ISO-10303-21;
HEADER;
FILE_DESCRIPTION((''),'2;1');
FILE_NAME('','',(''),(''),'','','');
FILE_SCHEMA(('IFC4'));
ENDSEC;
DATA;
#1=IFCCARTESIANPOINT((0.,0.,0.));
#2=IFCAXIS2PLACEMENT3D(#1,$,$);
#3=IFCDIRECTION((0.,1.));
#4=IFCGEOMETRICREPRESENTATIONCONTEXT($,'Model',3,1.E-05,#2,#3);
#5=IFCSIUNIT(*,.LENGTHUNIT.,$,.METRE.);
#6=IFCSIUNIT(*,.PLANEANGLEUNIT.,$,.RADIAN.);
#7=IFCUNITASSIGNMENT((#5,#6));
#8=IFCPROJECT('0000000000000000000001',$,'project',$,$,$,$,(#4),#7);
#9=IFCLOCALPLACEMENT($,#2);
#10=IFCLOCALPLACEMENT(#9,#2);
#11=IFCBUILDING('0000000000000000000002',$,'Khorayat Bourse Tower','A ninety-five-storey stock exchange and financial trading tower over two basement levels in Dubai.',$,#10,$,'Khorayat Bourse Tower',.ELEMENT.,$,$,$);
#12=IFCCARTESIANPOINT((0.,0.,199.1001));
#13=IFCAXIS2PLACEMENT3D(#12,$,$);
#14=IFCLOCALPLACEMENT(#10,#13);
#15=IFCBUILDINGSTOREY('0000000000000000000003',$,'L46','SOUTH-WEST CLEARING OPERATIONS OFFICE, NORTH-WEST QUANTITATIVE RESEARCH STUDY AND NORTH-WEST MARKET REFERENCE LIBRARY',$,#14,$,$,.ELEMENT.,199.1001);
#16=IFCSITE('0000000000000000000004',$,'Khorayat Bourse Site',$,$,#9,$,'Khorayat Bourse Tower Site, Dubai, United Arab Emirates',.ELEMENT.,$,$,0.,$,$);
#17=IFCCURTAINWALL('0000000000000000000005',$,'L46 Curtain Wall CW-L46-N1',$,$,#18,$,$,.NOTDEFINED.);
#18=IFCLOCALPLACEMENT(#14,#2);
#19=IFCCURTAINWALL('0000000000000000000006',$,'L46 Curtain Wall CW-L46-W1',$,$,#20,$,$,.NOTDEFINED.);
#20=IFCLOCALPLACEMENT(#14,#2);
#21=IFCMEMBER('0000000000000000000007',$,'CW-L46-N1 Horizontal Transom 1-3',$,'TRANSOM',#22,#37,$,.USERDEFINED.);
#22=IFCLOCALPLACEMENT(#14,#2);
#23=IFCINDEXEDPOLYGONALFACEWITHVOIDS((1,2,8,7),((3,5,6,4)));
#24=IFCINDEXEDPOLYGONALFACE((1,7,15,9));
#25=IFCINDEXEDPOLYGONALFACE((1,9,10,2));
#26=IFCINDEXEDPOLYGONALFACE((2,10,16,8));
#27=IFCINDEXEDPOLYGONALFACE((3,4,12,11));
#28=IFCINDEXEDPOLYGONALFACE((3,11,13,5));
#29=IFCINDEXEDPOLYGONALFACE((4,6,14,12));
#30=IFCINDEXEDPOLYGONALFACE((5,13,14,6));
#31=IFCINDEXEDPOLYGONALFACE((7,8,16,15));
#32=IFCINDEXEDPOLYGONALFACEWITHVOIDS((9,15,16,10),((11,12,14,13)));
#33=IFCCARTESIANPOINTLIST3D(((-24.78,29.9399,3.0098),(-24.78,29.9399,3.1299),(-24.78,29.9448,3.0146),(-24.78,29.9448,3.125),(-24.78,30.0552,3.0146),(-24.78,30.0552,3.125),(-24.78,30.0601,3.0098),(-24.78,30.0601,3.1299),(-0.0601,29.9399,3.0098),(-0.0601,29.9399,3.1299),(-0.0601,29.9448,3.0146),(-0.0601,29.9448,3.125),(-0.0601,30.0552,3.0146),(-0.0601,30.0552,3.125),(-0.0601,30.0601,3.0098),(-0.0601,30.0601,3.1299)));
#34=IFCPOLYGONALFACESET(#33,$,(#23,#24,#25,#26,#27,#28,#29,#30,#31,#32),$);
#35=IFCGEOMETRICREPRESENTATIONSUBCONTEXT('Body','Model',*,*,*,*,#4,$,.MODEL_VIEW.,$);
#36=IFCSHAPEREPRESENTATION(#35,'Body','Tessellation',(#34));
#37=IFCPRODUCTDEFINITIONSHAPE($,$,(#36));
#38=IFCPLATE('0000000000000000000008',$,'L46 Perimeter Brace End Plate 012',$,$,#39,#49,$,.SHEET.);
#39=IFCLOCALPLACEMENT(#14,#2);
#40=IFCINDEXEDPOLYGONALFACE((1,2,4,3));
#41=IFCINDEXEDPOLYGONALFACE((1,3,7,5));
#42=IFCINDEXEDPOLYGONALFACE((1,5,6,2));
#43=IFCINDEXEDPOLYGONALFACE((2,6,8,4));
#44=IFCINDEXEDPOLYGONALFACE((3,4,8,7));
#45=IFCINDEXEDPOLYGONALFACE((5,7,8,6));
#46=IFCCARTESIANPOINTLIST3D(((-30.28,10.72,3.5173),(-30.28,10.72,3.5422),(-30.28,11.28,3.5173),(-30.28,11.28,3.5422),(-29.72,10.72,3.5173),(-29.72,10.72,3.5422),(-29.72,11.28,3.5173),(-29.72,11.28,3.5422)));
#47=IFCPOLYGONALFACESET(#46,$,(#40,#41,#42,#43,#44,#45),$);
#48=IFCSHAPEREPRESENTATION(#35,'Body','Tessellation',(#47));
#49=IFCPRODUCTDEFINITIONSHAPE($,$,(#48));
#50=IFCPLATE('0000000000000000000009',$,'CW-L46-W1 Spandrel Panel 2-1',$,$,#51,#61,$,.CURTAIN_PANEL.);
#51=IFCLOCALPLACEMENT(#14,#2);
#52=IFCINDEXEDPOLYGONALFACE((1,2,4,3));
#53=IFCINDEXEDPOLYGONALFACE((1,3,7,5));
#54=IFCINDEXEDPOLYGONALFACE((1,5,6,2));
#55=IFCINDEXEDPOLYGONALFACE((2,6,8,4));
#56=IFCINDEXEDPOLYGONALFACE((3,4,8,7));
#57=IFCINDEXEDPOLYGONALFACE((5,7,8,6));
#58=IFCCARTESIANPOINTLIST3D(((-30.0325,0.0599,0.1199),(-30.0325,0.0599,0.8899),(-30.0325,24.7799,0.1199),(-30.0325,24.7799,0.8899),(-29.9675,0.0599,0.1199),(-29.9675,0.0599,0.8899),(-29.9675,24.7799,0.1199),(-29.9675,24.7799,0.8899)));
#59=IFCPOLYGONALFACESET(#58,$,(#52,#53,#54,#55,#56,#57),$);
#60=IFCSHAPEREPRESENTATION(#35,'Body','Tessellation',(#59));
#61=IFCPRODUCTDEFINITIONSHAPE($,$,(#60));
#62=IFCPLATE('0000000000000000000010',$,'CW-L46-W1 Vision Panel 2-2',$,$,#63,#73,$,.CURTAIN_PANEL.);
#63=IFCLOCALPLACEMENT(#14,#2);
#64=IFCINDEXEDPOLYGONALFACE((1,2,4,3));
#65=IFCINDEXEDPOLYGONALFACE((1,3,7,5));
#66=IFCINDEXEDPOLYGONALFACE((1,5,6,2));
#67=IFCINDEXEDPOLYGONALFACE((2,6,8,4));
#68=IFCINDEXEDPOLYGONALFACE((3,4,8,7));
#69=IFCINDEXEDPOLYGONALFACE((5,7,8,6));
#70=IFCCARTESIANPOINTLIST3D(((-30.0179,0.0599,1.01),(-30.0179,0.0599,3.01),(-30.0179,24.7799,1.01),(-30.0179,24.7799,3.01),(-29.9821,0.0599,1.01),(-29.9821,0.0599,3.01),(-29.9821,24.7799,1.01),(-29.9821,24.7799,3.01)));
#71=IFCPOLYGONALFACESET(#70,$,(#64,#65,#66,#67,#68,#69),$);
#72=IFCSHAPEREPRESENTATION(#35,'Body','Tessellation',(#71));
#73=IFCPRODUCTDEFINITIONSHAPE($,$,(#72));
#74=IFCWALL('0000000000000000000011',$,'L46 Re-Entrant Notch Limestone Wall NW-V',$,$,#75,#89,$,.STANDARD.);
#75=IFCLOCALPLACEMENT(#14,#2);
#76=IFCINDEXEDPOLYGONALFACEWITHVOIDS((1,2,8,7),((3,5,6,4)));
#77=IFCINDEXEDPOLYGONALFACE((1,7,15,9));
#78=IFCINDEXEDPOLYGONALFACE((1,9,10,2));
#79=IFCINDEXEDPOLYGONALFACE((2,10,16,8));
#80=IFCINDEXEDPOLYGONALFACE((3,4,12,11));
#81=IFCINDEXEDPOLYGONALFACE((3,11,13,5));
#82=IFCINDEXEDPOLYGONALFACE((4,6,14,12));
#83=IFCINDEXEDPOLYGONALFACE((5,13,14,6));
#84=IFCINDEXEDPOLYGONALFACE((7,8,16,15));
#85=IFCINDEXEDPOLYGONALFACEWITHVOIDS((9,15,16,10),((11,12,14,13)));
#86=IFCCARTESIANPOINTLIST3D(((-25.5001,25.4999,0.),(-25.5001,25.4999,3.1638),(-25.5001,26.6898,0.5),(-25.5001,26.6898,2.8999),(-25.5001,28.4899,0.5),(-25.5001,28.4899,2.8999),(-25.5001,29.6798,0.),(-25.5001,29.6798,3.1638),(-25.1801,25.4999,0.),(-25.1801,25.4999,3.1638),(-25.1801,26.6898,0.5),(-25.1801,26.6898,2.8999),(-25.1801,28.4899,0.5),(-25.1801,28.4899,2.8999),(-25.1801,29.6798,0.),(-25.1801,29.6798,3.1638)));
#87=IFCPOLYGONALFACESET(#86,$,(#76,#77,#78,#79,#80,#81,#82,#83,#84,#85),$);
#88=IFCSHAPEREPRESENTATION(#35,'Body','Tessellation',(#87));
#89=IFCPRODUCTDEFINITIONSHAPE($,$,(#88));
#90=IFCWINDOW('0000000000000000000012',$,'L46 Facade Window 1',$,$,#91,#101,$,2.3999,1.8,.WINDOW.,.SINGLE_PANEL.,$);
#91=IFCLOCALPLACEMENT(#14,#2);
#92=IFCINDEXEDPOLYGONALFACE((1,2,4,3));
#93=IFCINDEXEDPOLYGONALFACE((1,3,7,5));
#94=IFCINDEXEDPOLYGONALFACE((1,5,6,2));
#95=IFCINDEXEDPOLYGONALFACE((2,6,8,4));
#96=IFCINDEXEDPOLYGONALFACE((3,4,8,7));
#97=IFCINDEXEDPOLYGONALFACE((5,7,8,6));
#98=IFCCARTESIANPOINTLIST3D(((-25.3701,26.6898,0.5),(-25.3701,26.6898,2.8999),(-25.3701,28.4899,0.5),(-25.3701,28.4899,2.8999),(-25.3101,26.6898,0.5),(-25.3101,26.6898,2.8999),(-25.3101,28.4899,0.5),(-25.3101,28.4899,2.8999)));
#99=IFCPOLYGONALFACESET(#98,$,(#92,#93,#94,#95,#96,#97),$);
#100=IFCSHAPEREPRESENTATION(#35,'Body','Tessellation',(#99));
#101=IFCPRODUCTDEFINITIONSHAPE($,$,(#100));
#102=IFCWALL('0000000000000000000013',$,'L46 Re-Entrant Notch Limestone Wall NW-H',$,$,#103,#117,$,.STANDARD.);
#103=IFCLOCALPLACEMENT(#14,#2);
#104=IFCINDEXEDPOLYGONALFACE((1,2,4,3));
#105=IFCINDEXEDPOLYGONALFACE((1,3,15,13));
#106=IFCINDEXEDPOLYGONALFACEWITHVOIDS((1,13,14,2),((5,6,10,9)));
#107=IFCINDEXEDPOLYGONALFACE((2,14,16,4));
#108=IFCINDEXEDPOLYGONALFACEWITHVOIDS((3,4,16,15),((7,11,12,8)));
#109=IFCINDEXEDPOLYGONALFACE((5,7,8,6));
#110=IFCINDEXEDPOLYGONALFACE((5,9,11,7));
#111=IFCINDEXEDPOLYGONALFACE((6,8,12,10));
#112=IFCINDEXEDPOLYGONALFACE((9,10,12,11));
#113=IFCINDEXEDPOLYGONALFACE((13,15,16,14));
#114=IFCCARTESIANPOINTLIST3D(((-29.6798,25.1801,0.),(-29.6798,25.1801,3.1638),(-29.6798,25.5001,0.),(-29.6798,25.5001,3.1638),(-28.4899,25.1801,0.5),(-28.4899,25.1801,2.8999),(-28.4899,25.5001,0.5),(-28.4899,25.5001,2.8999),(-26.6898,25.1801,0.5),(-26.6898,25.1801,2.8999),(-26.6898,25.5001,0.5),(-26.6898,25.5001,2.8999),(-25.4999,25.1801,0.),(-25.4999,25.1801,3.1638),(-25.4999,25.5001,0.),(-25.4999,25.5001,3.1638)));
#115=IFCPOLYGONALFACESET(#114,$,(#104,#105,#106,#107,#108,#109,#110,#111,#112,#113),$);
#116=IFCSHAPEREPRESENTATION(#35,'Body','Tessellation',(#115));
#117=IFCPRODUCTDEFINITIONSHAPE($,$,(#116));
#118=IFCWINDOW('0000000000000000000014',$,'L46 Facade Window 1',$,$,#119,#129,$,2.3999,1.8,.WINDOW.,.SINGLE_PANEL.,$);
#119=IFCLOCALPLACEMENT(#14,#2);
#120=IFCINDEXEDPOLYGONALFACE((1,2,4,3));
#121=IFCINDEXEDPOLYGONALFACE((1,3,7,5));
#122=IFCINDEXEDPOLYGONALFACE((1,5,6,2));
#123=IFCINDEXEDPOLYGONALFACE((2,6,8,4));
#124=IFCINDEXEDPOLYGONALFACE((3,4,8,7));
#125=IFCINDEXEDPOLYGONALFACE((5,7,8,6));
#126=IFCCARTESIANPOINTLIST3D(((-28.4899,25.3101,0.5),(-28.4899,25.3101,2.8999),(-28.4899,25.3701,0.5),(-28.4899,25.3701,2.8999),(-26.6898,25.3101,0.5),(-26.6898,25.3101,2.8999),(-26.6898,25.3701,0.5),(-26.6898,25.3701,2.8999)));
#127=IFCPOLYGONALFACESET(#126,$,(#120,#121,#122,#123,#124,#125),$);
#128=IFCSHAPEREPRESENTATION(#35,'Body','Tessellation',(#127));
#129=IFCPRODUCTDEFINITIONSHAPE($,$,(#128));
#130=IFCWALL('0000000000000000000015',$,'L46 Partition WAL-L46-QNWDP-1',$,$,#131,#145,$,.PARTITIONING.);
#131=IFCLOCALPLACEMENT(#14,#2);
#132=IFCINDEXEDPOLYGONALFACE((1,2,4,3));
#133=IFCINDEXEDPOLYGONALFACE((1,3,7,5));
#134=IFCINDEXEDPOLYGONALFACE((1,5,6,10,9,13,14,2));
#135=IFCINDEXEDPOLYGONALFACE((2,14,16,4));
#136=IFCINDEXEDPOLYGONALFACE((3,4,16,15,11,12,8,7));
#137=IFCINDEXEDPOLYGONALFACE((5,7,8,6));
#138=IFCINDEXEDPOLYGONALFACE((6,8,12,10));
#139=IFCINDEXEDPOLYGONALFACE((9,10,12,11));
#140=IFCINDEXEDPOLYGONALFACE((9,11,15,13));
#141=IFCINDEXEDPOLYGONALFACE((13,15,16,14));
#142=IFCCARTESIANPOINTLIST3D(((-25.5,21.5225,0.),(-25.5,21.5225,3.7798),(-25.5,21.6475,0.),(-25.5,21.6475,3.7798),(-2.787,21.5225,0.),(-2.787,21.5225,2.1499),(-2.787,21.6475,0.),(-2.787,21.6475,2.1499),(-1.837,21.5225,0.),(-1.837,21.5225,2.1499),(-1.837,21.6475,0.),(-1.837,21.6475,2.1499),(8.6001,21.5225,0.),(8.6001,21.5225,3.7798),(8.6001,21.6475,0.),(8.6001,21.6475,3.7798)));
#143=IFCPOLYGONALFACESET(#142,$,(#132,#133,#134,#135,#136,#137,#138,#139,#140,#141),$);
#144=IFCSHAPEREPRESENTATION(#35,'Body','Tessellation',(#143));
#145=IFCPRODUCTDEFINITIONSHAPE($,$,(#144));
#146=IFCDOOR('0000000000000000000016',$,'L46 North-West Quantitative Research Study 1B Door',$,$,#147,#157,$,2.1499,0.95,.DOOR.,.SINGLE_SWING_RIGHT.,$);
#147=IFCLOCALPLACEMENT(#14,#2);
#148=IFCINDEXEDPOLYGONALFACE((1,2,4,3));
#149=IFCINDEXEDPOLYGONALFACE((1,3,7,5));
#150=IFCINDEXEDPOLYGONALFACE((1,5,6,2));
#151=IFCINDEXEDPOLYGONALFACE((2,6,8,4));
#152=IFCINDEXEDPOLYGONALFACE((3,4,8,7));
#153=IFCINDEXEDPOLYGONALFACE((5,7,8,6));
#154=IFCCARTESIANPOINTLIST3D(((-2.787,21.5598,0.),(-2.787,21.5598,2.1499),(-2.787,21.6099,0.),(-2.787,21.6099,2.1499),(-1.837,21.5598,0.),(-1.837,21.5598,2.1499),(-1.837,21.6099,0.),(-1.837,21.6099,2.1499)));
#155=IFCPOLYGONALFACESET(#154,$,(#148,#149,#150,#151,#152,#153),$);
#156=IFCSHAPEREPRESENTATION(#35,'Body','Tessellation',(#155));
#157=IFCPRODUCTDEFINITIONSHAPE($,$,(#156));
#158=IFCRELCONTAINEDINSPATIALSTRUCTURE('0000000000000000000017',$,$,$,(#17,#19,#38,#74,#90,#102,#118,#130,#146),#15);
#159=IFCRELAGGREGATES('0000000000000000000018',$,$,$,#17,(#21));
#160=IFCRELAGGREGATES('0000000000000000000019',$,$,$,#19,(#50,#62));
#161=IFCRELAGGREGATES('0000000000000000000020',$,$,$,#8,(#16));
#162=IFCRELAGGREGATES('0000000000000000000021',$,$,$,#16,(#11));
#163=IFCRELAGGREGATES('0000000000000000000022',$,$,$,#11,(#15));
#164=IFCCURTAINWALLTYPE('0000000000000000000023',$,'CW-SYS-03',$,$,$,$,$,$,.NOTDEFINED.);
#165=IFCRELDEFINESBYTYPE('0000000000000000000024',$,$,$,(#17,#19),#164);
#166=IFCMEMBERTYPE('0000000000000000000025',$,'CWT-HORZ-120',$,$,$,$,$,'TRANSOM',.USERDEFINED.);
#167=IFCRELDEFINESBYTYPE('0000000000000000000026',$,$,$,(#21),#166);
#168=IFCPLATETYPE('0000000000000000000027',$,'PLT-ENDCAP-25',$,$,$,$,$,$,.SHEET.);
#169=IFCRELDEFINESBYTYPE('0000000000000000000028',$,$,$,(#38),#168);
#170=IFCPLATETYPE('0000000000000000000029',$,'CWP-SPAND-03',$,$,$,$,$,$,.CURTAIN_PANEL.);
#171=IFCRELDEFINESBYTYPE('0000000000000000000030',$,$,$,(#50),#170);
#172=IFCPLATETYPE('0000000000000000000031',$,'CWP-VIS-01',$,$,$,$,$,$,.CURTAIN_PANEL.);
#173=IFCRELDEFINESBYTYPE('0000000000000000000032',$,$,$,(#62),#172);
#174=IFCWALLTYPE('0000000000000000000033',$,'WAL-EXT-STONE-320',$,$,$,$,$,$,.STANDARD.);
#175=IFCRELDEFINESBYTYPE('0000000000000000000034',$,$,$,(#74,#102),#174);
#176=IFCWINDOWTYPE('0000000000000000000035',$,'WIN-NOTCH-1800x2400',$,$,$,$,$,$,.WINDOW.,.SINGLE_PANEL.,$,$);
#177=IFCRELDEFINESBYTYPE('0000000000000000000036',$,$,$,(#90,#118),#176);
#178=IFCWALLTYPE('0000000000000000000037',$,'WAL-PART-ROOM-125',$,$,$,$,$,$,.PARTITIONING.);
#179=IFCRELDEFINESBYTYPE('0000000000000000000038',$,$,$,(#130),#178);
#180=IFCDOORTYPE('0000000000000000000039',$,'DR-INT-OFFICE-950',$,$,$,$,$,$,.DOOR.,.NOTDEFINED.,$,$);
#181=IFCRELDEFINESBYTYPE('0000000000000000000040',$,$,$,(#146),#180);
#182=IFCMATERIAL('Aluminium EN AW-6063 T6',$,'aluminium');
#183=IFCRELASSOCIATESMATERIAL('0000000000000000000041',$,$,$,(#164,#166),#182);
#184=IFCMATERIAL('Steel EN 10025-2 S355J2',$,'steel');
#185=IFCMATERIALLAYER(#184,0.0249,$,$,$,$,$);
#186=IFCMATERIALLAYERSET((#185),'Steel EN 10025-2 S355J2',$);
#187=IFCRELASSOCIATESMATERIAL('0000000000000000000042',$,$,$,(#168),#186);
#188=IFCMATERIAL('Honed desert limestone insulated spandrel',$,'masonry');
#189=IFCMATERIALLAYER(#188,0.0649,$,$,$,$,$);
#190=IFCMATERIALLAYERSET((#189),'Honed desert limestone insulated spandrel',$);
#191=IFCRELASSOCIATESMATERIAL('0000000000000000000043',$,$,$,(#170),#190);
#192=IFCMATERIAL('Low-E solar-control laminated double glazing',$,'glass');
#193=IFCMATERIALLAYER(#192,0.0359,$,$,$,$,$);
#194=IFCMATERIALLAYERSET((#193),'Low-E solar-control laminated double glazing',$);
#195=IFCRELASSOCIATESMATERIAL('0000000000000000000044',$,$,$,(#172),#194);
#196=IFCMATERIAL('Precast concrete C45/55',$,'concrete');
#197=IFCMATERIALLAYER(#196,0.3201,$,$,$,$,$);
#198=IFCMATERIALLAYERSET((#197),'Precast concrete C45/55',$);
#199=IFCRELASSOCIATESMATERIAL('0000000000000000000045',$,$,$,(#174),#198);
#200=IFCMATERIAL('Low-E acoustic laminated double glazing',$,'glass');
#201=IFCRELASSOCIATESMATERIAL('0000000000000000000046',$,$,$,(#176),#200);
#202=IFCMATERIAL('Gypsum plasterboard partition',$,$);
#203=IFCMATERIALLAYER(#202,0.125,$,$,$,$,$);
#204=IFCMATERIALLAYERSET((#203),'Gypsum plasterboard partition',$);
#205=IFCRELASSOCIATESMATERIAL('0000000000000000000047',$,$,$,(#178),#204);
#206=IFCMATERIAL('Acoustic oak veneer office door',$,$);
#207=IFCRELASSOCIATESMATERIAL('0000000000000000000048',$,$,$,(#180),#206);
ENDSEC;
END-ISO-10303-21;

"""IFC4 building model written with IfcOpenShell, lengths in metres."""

from ifc_helpers import new_model, si_unit, direction, frame, frame_2d, origin, origin_2d, place, context, subcontext, project, spatial, rectangle, hollow_rectangle, extrude, source, transform, mapped, material, layer, layer_set, material_profile, profile_set, type_object, element, fill, aggregate, save


model = new_model("IFC4")

# Units and contexts
model_context = context("Model", 3, precision=1e-05, world=origin(), true_north=direction((0.0, 1.0)))
body_context = subcontext(model_context, "Body", "Model", "MODEL_VIEW")
ifc_project = project(units=[si_unit("LENGTHUNIT", "METRE"), si_unit("PLANEANGLEUNIT", "RADIAN")], contexts=[model_context])

# Site, building, storey
site_placement = place(None, origin())
site = spatial("IfcSite", under=ifc_project, at=site_placement, Name="Khorayat Bourse Site", LongName="Khorayat Bourse Tower Site, Dubai, United Arab Emirates", CompositionType="ELEMENT", RefElevation=0.0)
building_placement = place(site_placement, origin())
building = spatial("IfcBuilding", under=site, at=building_placement, Name="Khorayat Bourse Tower", Description="A ninety-five-storey stock exchange and financial trading tower over two basement levels in Dubai.", LongName="Khorayat Bourse Tower", CompositionType="ELEMENT")
storey_placement = place(building_placement, frame((0.0, 0.0, 199.1001)))
storey = spatial("IfcBuildingStorey", under=building, at=storey_placement, Name="L46", Description="SOUTH-WEST CLEARING OPERATIONS OFFICE, NORTH-WEST QUANTITATIVE RESEARCH STUDY AND NORTH-WEST MARKET REFERENCE LIBRARY", CompositionType="ELEMENT", Elevation=199.1001)

# Curtain wall
ifc_material_1 = material(Name="Aluminium EN AW-6063 T6", Category="aluminium")
curtain_wall_type = type_object("IfcCurtainWallType", Name="CW-SYS-03", PredefinedType="NOTDEFINED", material=ifc_material_1)
curtain_wall_1_placement = place(storey_placement, origin())
curtain_wall_1 = element("IfcCurtainWall", 1, at=curtain_wall_1_placement, inside=storey, type_object=curtain_wall_type, Name="L46 Curtain Wall CW-L46-N1", PredefinedType="NOTDEFINED")

# Curtain wall
curtain_wall_2_placement = place(storey_placement, origin())
curtain_wall_2 = element("IfcCurtainWall", 2, at=curtain_wall_2_placement, inside=storey, type_object=curtain_wall_type, Name="L46 Curtain Wall CW-L46-W1", PredefinedType="NOTDEFINED")

# Member
ifc_material_profile_1 = material_profile(ifc_material_1, hollow_rectangle(XDim=0.1201, YDim=0.1201, WallThickness=0.0049, at=origin_2d()), Name="ALU 120x120x5")
ifc_profile_set_1 = profile_set([ifc_material_profile_1], Name="Aluminium EN AW-6063 T6")
member_type_1 = type_object("IfcMemberType", Name="CWT-HORZ-120", ElementType="TRANSOM", PredefinedType="USERDEFINED", material=ifc_profile_set_1)
shared_shape_1 = source(origin(), body_context, "Body", "SweptSolid", [
    extrude(hollow_rectangle(XDim=0.1201, YDim=0.1201, WallThickness=0.0049, at=origin_2d()), origin(), (0.0, 0.0, 1.0), 24.72),
])
member_1_placement = place(storey_placement, frame((-24.78, 30.0, 3.0698), z_axis=(1.0, 0.0, 0.0), x_axis=(0.0, 1.0, 0.0)))
member_1 = element("IfcMember", 3, at=member_1_placement, type_object=member_type_1, Name="CW-L46-N1 Horizontal Transom 1-3", ObjectType="TRANSOM", PredefinedType="USERDEFINED", context=body_context, shape_type="MappedRepresentation", body=[
    mapped(shared_shape_1, transform((0.0, 0.0, 0.0), scale=1.0)),
])
aggregate(curtain_wall_1, [member_1])

# Plates
ifc_material_2 = material(Name="Steel EN 10025-2 S355J2", Category="steel")
ifc_layer_1 = layer(ifc_material_2, 0.0249)
ifc_layer_set_1 = layer_set([ifc_layer_1], Name="Steel EN 10025-2 S355J2")
plate_type_1 = type_object("IfcPlateType", Name="PLT-ENDCAP-25", PredefinedType="SHEET", material=ifc_layer_set_1)
shared_shape_2 = source(origin(), body_context, "Body", "SweptSolid", [
    extrude(rectangle(XDim=0.5601, YDim=0.5601, at=origin_2d()), origin(), (0.0, 0.0, 1.0), 0.0249),
])
plate_1_placement = place(storey_placement, frame((-30.0, 11.0, 3.5173), z_axis=(0.0, 0.0, 1.0), x_axis=(1.0, 0.0, 0.0)))
element("IfcPlate", 4, at=plate_1_placement, inside=storey, type_object=plate_type_1, Name="L46 Perimeter Brace End Plate 012", PredefinedType="SHEET", context=body_context, shape_type="MappedRepresentation", body=[
    mapped(shared_shape_2, transform((0.0, 0.0, 0.0), scale=1.0)),
])
ifc_material_3 = material(Name="Honed desert limestone insulated spandrel", Category="masonry")
ifc_layer_2 = layer(ifc_material_3, 0.0649)
ifc_layer_set_2 = layer_set([ifc_layer_2], Name="Honed desert limestone insulated spandrel")
plate_type_2 = type_object("IfcPlateType", Name="CWP-SPAND-03", PredefinedType="CURTAIN_PANEL", material=ifc_layer_set_2)
shared_shape_3 = source(origin(), body_context, "Body", "SweptSolid", [
    extrude(rectangle(XDim=24.72, YDim=0.0649, at=origin_2d()), origin(), (0.0, 0.0, 1.0), 0.77),
])
plate_2_placement = place(storey_placement, frame((-30.0, 12.4199, 0.1199), z_axis=(0.0, 0.0, 1.0), x_axis=(0.0, 1.0, 0.0)))
plate_2 = element("IfcPlate", 5, at=plate_2_placement, type_object=plate_type_2, Name="CW-L46-W1 Spandrel Panel 2-1", PredefinedType="CURTAIN_PANEL", context=body_context, shape_type="MappedRepresentation", body=[
    mapped(shared_shape_3, transform((0.0, 0.0, 0.0), scale=1.0)),
])
ifc_material_4 = material(Name="Low-E solar-control laminated double glazing", Category="glass")
ifc_layer_3 = layer(ifc_material_4, 0.0359)
ifc_layer_set_3 = layer_set([ifc_layer_3], Name="Low-E solar-control laminated double glazing")
plate_type_3 = type_object("IfcPlateType", Name="CWP-VIS-01", PredefinedType="CURTAIN_PANEL", material=ifc_layer_set_3)
shared_shape_4 = source(origin(), body_context, "Body", "SweptSolid", [
    extrude(rectangle(XDim=24.72, YDim=0.0359, at=origin_2d()), origin(), (0.0, 0.0, 1.0), 2.0),
])
plate_3_placement = place(storey_placement, frame((-30.0, 12.4199, 1.01), z_axis=(0.0, 0.0, 1.0), x_axis=(0.0, 1.0, 0.0)))
plate_3 = element("IfcPlate", 6, at=plate_3_placement, type_object=plate_type_3, Name="CW-L46-W1 Vision Panel 2-2", PredefinedType="CURTAIN_PANEL", context=body_context, shape_type="MappedRepresentation", body=[
    mapped(shared_shape_4, transform((0.0, 0.0, 0.0), scale=1.0)),
])
aggregate(curtain_wall_2, [plate_2, plate_3])

# Walls, openings, windows
ifc_material_5 = material(Name="Precast concrete C45/55", Category="concrete")
ifc_layer_4 = layer(ifc_material_5, 0.3201)
ifc_layer_set_4 = layer_set([ifc_layer_4], Name="Precast concrete C45/55")
wall_type_1 = type_object("IfcWallType", Name="WAL-EXT-STONE-320", PredefinedType="STANDARD", material=ifc_layer_set_4)
shared_shape_5 = source(origin(), body_context, "Body", "SweptSolid", [
    extrude(rectangle(XDim=4.1799, YDim=0.3201, at=frame_2d((2.0898, 0.0))), origin(), (0.0, 0.0, 1.0), 3.1638),
])
wall_1_placement = place(storey_placement, frame((-25.3401, 25.5, 0.0), z_axis=(0.0, 0.0, 1.0), x_axis=(0.0, 1.0, 0.0)))
wall_1 = element("IfcWall", 7, at=wall_1_placement, inside=storey, type_object=wall_type_1, Name="L46 Re-Entrant Notch Limestone Wall NW-V", PredefinedType="STANDARD", context=body_context, shape_type="MappedRepresentation", body=[
    mapped(shared_shape_5, transform((0.0, 0.0, 0.0), scale=1.0)),
])
shared_shape_6 = source(origin(), body_context, "Body", "SweptSolid", [
    extrude(rectangle(XDim=1.8, YDim=2.3999, at=frame_2d((0.8999, 1.2))), frame((0.0, 0.1699, 0.0), z_axis=(0.0, -1.0, 0.0), x_axis=(1.0, 0.0, 0.0)), (0.0, 0.0, 1.0), 0.3401),
])
opening_1_placement = place(wall_1_placement, frame((1.1899, 0.0, 0.5)))
opening_1 = element("IfcOpeningElement", 8, at=opening_1_placement, cuts=wall_1, PredefinedType="OPENING", context=body_context, shape_type="MappedRepresentation", body=[
    mapped(shared_shape_6, transform((0.0, 0.0, 0.0), scale=1.0)),
])
ifc_material_6 = material(Name="Low-E acoustic laminated double glazing", Category="glass")
window_type = type_object("IfcWindowType", Name="WIN-NOTCH-1800x2400", PartitioningType="SINGLE_PANEL", PredefinedType="WINDOW", material=ifc_material_6)
shared_shape_7 = source(origin(), body_context, "Body", "SweptSolid", [
    extrude(rectangle(XDim=1.8, YDim=2.3999, at=frame_2d((0.8999, 1.2))), frame((0.0, 0.03, 0.0), z_axis=(0.0, -1.0, 0.0), x_axis=(1.0, 0.0, 0.0)), (0.0, 0.0, 1.0), 0.0601),
])
window_1_placement = place(opening_1_placement, origin())
window_1 = element("IfcWindow", 9, at=window_1_placement, inside=storey, type_object=window_type, Name="L46 Facade Window 1", OverallHeight=2.3999, OverallWidth=1.8, PartitioningType="SINGLE_PANEL", PredefinedType="WINDOW", context=body_context, shape_type="MappedRepresentation", body=[
    mapped(shared_shape_7, transform((0.0, 0.0, 0.0), scale=1.0)),
])
fill(opening_1, window_1)
wall_2_placement = place(storey_placement, frame((-25.5, 25.3401, 0.0), z_axis=(0.0, 0.0, 1.0), x_axis=(-1.0, 0.0, 0.0)))
wall_2 = element("IfcWall", 10, at=wall_2_placement, inside=storey, type_object=wall_type_1, Name="L46 Re-Entrant Notch Limestone Wall NW-H", PredefinedType="STANDARD", context=body_context, shape_type="MappedRepresentation", body=[
    mapped(shared_shape_5, transform((0.0, 0.0, 0.0), scale=1.0)),
])
opening_2_placement = place(wall_2_placement, frame((1.1899, 0.0, 0.5)))
opening_2 = element("IfcOpeningElement", 11, at=opening_2_placement, cuts=wall_2, PredefinedType="OPENING", context=body_context, shape_type="MappedRepresentation", body=[
    mapped(shared_shape_6, transform((0.0, 0.0, 0.0), scale=1.0)),
])
window_2_placement = place(opening_2_placement, origin())
window_2 = element("IfcWindow", 12, at=window_2_placement, inside=storey, type_object=window_type, Name="L46 Facade Window 1", OverallHeight=2.3999, OverallWidth=1.8, PartitioningType="SINGLE_PANEL", PredefinedType="WINDOW", context=body_context, shape_type="MappedRepresentation", body=[
    mapped(shared_shape_7, transform((0.0, 0.0, 0.0), scale=1.0)),
])
fill(opening_2, window_2)

# Wall, opening, door
ifc_material_7 = material(Name="Gypsum plasterboard partition")
ifc_layer_5 = layer(ifc_material_7, 0.125)
ifc_layer_set_5 = layer_set([ifc_layer_5], Name="Gypsum plasterboard partition")
wall_type_2 = type_object("IfcWallType", Name="WAL-PART-ROOM-125", PredefinedType="PARTITIONING", material=ifc_layer_set_5)
shared_shape_8 = source(origin(), body_context, "Body", "SweptSolid", [
    extrude(rectangle(XDim=34.1001, YDim=0.125, at=frame_2d((17.05, 0.0))), origin(), (0.0, 0.0, 1.0), 3.7798),
])
wall_3_placement = place(storey_placement, frame((-25.5, 21.585, 0.0), z_axis=(0.0, 0.0, 1.0), x_axis=(1.0, 0.0, 0.0)))
wall_3 = element("IfcWall", 13, at=wall_3_placement, inside=storey, type_object=wall_type_2, Name="L46 Partition WAL-L46-QNWDP-1", PredefinedType="PARTITIONING", context=body_context, shape_type="MappedRepresentation", body=[
    mapped(shared_shape_8, transform((0.0, 0.0, 0.0), scale=1.0)),
])
shared_shape_9 = source(origin(), body_context, "Body", "SweptSolid", [
    extrude(rectangle(XDim=0.95, YDim=2.1499, at=frame_2d((0.4751, 1.075))), frame((0.0, 0.0725, 0.0), z_axis=(0.0, -1.0, 0.0), x_axis=(1.0, 0.0, 0.0)), (0.0, 0.0, 1.0), 0.145),
])
opening_3_placement = place(wall_3_placement, frame((22.7129, 0.0, 0.0)))
opening_3 = element("IfcOpeningElement", 14, at=opening_3_placement, cuts=wall_3, PredefinedType="OPENING", context=body_context, shape_type="MappedRepresentation", body=[
    mapped(shared_shape_9, transform((0.0, 0.0, 0.0), scale=1.0)),
])
ifc_material_8 = material(Name="Acoustic oak veneer office door")
door_type = type_object("IfcDoorType", Name="DR-INT-OFFICE-950", OperationType="NOTDEFINED", PredefinedType="DOOR", material=ifc_material_8)
shared_shape_10 = source(origin(), body_context, "Body", "SweptSolid", [
    extrude(rectangle(XDim=0.95, YDim=2.1499, at=frame_2d((0.4751, 1.075))), frame((0.0, 0.0249, 0.0), z_axis=(0.0, -1.0, 0.0), x_axis=(1.0, 0.0, 0.0)), (0.0, 0.0, 1.0), 0.05),
])
door_placement = place(opening_3_placement, origin())
door = element("IfcDoor", 15, at=door_placement, inside=storey, type_object=door_type, Name="L46 North-West Quantitative Research Study 1B Door", OperationType="SINGLE_SWING_RIGHT", OverallHeight=2.1499, OverallWidth=0.95, PredefinedType="DOOR", context=body_context, shape_type="MappedRepresentation", body=[
    mapped(shared_shape_10, transform((0.0, 0.0, 0.0), scale=1.0)),
])
fill(opening_3, door)

save(model, "model.ifc")
